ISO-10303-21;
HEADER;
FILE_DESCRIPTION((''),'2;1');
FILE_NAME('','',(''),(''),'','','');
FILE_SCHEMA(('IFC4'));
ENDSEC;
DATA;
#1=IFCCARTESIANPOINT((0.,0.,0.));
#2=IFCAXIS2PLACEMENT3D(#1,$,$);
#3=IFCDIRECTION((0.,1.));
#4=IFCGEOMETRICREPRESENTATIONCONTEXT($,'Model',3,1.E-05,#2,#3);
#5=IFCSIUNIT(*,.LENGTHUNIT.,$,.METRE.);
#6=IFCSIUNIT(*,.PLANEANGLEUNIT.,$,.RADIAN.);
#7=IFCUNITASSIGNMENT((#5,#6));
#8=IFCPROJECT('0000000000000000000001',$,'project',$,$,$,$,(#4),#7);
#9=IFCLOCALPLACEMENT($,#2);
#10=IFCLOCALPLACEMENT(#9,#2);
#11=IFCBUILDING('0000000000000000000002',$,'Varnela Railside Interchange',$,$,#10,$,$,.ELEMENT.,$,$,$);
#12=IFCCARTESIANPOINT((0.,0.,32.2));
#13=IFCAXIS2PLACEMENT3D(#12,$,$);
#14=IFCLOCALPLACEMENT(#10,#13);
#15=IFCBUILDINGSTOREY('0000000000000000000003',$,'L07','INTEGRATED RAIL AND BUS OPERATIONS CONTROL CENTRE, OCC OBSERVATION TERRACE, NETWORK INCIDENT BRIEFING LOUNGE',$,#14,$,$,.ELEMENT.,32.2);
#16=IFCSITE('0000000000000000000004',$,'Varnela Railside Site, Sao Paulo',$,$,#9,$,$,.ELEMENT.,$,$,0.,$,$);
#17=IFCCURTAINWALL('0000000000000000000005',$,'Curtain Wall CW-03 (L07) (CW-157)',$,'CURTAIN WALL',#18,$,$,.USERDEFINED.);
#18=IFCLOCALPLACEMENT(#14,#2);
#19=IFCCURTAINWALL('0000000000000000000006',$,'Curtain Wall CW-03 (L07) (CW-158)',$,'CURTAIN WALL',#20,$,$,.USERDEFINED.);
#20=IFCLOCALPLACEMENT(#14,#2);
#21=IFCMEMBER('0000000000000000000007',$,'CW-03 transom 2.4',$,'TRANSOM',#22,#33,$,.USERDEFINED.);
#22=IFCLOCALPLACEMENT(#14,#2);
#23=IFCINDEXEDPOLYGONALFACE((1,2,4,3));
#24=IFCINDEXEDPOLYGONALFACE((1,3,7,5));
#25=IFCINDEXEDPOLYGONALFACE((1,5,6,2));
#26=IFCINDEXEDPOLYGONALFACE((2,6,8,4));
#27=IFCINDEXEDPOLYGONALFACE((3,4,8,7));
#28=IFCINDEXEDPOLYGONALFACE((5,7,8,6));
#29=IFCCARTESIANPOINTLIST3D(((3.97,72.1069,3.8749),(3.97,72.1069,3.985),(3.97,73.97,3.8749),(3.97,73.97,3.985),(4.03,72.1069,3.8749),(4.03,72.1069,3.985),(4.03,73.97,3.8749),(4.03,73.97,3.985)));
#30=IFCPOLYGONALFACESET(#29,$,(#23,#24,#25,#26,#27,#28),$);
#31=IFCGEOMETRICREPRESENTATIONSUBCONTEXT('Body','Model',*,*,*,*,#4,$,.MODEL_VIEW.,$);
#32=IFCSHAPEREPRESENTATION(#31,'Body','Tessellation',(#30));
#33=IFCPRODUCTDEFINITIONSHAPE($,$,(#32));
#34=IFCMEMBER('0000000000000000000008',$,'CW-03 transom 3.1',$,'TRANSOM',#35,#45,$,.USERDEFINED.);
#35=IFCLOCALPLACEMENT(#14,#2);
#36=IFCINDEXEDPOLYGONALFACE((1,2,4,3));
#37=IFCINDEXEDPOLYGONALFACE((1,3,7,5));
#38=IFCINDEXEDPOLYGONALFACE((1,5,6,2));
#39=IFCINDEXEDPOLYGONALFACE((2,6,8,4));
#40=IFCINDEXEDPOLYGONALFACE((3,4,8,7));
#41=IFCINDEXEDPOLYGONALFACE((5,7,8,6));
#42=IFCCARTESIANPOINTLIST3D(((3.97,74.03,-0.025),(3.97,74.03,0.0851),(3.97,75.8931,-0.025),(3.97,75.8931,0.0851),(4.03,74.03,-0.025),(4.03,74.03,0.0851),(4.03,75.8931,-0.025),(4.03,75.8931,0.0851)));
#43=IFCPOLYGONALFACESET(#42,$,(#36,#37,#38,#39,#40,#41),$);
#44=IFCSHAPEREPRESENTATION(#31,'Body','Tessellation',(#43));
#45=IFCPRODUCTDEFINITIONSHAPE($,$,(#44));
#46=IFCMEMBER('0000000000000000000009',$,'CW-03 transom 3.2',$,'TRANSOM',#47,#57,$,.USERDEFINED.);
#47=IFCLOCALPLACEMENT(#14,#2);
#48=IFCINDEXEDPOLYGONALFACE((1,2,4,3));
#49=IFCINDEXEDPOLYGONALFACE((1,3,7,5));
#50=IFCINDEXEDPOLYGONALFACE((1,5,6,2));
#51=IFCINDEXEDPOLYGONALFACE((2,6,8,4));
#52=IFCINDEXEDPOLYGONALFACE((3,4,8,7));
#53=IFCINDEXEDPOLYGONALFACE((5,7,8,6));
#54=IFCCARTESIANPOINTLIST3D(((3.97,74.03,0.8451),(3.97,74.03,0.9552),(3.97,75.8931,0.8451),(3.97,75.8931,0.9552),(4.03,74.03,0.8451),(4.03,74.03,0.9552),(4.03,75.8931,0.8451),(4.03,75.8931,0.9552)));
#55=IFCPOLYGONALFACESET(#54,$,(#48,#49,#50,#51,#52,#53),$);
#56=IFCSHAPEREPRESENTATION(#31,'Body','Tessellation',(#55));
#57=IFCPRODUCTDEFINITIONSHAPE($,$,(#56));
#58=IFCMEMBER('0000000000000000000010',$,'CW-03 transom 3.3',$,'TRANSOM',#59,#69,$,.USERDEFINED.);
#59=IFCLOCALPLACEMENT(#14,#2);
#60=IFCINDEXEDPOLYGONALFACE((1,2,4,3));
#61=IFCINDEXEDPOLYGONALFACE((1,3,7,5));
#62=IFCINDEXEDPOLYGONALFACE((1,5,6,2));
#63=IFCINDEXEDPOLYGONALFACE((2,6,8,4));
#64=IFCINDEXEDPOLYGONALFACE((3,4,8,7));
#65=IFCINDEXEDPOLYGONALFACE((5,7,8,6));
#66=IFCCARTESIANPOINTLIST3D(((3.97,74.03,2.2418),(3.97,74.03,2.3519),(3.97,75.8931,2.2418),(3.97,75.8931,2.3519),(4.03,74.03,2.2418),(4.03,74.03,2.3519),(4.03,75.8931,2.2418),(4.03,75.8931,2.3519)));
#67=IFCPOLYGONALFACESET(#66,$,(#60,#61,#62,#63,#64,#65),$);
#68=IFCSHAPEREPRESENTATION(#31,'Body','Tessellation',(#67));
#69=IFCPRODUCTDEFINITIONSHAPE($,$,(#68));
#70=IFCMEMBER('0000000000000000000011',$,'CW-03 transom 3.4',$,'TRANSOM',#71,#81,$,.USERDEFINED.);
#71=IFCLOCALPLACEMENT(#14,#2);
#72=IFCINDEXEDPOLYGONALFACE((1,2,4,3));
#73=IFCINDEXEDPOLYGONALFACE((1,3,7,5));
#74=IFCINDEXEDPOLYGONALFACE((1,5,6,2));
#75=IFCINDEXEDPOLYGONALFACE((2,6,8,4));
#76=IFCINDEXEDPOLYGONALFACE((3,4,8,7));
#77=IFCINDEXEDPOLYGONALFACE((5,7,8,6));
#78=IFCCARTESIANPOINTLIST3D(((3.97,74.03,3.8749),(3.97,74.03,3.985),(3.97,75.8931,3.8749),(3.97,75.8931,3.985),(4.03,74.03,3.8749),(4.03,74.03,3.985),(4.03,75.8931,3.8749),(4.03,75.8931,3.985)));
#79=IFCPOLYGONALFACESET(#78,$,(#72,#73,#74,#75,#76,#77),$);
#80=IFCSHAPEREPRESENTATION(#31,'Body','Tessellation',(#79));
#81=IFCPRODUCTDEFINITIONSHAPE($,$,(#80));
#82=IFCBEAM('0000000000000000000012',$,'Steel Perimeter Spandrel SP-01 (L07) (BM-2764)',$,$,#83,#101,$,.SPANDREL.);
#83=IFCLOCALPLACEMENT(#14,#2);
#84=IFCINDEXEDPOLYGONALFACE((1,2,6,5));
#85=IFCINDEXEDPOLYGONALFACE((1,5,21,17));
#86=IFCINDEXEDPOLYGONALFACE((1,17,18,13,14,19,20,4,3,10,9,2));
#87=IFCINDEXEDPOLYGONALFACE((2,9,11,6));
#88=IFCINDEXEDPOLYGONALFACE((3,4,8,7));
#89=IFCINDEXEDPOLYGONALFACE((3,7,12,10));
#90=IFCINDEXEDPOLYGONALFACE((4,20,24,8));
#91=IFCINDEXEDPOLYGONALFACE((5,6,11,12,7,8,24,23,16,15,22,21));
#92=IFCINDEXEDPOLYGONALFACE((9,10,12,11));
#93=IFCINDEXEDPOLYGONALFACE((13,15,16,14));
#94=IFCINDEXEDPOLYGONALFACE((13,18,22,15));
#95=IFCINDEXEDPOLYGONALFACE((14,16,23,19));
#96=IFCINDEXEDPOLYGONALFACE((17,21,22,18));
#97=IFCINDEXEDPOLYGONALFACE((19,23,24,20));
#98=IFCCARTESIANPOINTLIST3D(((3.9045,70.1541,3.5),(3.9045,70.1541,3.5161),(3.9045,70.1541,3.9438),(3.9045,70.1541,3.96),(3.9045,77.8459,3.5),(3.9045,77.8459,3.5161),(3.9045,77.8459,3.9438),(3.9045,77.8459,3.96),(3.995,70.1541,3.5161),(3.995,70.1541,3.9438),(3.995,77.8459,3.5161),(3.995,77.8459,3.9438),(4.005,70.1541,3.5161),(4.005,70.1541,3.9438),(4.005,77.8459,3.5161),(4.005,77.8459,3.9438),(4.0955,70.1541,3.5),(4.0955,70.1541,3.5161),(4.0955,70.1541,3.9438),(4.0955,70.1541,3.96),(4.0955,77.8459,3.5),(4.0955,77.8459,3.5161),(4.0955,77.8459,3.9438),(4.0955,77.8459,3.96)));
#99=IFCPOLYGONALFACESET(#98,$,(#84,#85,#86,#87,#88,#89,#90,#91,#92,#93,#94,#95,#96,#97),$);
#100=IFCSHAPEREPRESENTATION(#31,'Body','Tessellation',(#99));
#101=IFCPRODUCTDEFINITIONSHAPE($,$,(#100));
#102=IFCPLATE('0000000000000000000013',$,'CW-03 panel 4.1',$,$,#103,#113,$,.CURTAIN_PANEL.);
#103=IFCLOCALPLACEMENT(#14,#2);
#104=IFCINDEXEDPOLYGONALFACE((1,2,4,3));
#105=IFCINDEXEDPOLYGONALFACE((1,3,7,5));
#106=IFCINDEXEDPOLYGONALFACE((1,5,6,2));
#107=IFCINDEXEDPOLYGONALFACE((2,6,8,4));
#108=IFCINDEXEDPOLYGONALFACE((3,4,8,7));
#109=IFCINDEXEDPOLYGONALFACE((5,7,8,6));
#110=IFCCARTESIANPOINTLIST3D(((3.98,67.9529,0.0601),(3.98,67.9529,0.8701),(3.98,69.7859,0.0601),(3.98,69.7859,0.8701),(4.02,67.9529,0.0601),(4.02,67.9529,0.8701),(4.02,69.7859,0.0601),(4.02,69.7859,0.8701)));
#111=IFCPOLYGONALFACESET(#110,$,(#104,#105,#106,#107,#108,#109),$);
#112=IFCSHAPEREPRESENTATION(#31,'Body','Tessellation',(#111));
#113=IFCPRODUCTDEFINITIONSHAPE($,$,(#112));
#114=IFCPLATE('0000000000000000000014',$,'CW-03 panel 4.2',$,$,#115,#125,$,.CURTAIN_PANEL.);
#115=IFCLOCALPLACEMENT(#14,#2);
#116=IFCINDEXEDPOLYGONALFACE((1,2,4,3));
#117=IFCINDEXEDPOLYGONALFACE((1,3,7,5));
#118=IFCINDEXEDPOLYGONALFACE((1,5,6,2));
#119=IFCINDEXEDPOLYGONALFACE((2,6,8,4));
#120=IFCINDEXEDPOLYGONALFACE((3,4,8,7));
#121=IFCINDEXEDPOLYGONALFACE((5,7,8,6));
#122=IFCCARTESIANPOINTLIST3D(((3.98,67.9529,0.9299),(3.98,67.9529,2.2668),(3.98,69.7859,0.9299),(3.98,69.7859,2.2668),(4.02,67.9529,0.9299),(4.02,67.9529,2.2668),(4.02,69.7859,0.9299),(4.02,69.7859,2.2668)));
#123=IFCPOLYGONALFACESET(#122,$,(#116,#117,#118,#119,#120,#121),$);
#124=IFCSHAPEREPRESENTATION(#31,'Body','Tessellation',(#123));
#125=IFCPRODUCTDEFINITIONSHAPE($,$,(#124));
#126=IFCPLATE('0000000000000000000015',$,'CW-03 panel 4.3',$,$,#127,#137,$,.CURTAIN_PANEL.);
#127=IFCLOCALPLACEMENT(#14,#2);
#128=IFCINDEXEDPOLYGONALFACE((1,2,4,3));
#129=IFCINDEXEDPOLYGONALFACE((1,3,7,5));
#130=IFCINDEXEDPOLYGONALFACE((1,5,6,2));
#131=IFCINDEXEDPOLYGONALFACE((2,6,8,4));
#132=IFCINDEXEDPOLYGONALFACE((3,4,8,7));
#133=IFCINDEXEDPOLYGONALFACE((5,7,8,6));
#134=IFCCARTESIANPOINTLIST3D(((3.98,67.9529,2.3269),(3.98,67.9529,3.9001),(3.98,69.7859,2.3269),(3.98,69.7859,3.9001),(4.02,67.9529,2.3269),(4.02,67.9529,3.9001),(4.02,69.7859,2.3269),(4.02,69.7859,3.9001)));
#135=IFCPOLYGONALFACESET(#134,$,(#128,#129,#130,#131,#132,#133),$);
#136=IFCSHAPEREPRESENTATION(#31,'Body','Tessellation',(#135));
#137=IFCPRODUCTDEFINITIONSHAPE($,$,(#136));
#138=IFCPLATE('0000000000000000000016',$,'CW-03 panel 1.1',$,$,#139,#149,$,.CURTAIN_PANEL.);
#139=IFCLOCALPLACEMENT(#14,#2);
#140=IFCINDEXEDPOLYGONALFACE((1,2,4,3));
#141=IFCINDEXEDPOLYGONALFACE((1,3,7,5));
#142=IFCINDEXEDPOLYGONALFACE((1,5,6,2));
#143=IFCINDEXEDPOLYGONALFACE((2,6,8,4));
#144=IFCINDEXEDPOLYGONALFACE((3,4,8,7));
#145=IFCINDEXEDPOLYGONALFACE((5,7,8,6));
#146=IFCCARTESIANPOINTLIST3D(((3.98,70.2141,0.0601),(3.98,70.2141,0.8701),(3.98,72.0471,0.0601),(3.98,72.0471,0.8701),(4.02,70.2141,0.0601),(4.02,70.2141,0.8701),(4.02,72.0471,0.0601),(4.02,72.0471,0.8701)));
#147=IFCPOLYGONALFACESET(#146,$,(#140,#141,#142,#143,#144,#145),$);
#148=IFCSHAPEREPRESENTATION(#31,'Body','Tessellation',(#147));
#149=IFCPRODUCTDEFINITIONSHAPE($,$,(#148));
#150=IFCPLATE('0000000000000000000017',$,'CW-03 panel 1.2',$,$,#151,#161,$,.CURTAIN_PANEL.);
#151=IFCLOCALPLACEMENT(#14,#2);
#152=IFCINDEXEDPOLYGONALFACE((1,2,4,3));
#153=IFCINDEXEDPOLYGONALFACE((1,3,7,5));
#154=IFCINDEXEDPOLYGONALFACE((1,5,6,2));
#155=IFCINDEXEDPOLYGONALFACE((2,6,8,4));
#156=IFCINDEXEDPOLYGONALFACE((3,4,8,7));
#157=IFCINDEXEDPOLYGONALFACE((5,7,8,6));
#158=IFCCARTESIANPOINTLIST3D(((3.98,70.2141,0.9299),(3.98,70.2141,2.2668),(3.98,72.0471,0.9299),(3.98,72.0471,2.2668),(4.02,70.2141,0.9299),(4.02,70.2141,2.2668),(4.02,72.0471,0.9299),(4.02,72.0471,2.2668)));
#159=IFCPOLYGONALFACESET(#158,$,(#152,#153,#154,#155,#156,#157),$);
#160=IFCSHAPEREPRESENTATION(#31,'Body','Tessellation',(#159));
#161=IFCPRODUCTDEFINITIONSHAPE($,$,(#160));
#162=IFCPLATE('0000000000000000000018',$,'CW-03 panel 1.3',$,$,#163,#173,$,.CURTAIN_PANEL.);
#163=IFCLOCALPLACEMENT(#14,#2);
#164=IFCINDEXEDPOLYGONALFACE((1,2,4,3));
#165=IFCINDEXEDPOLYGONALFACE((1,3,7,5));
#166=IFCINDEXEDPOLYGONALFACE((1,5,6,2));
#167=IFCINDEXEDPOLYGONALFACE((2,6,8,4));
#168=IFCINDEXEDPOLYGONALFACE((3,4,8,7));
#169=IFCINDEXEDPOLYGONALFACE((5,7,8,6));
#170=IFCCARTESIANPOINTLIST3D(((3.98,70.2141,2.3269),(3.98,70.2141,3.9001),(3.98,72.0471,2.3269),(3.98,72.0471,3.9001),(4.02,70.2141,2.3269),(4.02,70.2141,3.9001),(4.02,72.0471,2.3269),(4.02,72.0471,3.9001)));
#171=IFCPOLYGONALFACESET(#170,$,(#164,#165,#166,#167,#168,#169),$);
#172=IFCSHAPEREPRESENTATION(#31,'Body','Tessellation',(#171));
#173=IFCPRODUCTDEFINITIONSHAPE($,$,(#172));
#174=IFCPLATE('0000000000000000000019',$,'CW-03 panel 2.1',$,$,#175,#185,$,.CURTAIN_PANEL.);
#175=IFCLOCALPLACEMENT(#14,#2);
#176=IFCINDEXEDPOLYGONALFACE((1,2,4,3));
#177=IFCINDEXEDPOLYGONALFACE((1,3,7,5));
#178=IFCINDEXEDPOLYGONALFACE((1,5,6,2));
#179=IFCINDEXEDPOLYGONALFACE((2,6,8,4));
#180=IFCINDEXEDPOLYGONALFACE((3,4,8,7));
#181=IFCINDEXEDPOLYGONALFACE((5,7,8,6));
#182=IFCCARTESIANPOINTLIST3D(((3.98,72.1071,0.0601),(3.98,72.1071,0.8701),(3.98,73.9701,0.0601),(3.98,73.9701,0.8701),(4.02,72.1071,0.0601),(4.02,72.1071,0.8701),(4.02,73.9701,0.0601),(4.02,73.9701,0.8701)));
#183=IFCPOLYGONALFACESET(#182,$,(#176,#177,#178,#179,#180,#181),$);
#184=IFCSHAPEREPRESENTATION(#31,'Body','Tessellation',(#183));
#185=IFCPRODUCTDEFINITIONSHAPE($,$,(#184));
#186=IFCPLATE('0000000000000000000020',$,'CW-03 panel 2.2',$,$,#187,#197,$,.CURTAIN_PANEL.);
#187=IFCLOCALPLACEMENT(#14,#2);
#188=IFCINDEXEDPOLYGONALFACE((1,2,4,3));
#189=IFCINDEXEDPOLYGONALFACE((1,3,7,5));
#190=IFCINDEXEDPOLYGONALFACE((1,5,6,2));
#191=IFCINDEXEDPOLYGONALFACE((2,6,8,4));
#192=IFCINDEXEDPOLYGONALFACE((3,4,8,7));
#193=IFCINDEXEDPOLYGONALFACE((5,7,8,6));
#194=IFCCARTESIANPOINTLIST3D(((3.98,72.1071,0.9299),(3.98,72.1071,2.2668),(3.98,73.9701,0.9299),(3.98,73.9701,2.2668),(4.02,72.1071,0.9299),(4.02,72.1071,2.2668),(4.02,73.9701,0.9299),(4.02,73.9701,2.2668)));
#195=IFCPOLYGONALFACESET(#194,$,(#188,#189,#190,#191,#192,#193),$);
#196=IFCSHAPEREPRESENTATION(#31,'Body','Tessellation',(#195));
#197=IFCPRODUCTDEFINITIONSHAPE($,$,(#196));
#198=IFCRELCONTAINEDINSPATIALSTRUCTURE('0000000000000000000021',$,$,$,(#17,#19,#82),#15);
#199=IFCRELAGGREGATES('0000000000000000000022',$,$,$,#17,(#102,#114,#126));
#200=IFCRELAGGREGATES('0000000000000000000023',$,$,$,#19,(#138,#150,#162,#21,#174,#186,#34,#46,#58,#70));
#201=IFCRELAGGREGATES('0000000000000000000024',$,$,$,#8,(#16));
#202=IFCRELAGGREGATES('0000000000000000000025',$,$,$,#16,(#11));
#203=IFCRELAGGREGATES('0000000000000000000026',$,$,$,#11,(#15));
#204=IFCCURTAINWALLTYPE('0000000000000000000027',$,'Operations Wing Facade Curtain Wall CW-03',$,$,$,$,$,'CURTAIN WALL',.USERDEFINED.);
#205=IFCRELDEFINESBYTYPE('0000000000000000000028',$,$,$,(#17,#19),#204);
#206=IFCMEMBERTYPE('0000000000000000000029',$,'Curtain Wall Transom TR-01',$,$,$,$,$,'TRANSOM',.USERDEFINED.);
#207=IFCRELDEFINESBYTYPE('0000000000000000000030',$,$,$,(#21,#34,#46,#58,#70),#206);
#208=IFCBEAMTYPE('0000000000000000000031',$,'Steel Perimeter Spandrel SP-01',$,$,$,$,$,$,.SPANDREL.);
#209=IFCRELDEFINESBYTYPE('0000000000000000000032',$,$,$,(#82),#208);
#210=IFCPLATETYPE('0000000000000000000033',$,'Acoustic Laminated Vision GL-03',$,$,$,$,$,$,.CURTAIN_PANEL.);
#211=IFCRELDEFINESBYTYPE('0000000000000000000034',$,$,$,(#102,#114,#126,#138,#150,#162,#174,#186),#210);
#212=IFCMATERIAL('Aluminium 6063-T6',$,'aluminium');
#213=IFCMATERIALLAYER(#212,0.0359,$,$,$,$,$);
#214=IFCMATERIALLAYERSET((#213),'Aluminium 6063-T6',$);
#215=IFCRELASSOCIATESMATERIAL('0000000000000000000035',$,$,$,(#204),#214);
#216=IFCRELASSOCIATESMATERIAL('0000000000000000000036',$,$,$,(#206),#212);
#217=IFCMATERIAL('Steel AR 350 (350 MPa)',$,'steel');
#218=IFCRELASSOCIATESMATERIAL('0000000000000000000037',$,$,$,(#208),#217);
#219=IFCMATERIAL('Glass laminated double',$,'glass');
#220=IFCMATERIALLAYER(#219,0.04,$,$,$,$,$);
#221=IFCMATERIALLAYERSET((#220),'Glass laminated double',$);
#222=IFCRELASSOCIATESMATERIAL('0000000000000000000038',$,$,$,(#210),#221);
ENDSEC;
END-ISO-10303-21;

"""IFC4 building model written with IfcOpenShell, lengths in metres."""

from ifc_helpers import new_model, si_unit, direction, frame, origin, origin_2d, place, context, subcontext, project, spatial, rectangle, i_section, extrude, material, layer, layer_set, material_profile, profile_set, type_object, element, aggregate, save


model = new_model("IFC4")

# Units and contexts
model_context = context("Model", 3, precision=1e-05, world=origin(), true_north=direction((0.0, 1.0)))
body_context = subcontext(model_context, "Body", "Model", "MODEL_VIEW")
ifc_project = project(units=[si_unit("LENGTHUNIT", "METRE"), si_unit("PLANEANGLEUNIT", "RADIAN")], contexts=[model_context])

# Site, building, storey
site_placement = place(None, origin())
site = spatial("IfcSite", under=ifc_project, at=site_placement, Name="Varnela Railside Site, Sao Paulo", CompositionType="ELEMENT", RefElevation=0.0)
building_placement = place(site_placement, origin())
building = spatial("IfcBuilding", under=site, at=building_placement, Name="Varnela Railside Interchange", CompositionType="ELEMENT")
storey_placement = place(building_placement, frame((0.0, 0.0, 32.2)))
storey = spatial("IfcBuildingStorey", under=building, at=storey_placement, Name="L07", Description="INTEGRATED RAIL AND BUS OPERATIONS CONTROL CENTRE, OCC OBSERVATION TERRACE, NETWORK INCIDENT BRIEFING LOUNGE", CompositionType="ELEMENT", Elevation=32.2)

# Shared definitions
ifc_material_1 = material(Name="Steel AR 350 (350 MPa)", Category="steel")

# Curtain wall
ifc_material_2 = material(Name="Aluminium 6063-T6", Category="aluminium")
ifc_layer_1 = layer(ifc_material_2, 0.0359)
ifc_layer_set_1 = layer_set([ifc_layer_1], Name="Aluminium 6063-T6")
curtain_wall_type = type_object("IfcCurtainWallType", Name="Operations Wing Facade Curtain Wall CW-03", ElementType="CURTAIN WALL", PredefinedType="USERDEFINED", material=ifc_layer_set_1)
curtain_wall_1_placement = place(storey_placement, origin())
curtain_wall_1 = element("IfcCurtainWall", 1, at=curtain_wall_1_placement, inside=storey, type_object=curtain_wall_type, Name="Curtain Wall CW-03 (L07) (CW-157)", ObjectType="CURTAIN WALL", PredefinedType="USERDEFINED")

# Curtain wall
curtain_wall_2_placement = place(storey_placement, origin())
curtain_wall_2 = element("IfcCurtainWall", 2, at=curtain_wall_2_placement, inside=storey, type_object=curtain_wall_type, Name="Curtain Wall CW-03 (L07) (CW-158)", ObjectType="CURTAIN WALL", PredefinedType="USERDEFINED")

# Members
ifc_material_profile_1 = material_profile(ifc_material_2, rectangle(XDim=0.0601, YDim=0.1101, at=origin_2d()), Name="ALU 60x110")
ifc_profile_set_1 = profile_set([ifc_material_profile_1], Name="Aluminium 6063-T6")
member_type_1 = type_object("IfcMemberType", Name="Curtain Wall Transom TR-01", ElementType="TRANSOM", PredefinedType="USERDEFINED", material=ifc_profile_set_1)
member_1_placement = place(storey_placement, frame((4.0, 72.1069, 3.9299), z_axis=(0.0, 1.0, 0.0), x_axis=(-1.0, 0.0, 0.0)))
member_1 = element("IfcMember", 3, at=member_1_placement, type_object=member_type_1, Name="CW-03 transom 2.4", ObjectType="TRANSOM", PredefinedType="USERDEFINED", context=body_context, shape_type="SweptSolid", body=[
    extrude(rectangle(XDim=0.0601, YDim=0.1101, at=origin_2d()), origin(), (0.0, 0.0, 1.0), 1.863),
])
member_2_placement = place(storey_placement, frame((4.0, 74.03, 0.03), z_axis=(0.0, 1.0, 0.0), x_axis=(-1.0, 0.0, 0.0)))
member_2 = element("IfcMember", 4, at=member_2_placement, type_object=member_type_1, Name="CW-03 transom 3.1", ObjectType="TRANSOM", PredefinedType="USERDEFINED", context=body_context, shape_type="SweptSolid", body=[
    extrude(rectangle(XDim=0.0601, YDim=0.1101, at=origin_2d()), origin(), (0.0, 0.0, 1.0), 1.863),
])
member_3_placement = place(storey_placement, frame((4.0, 74.03, 0.9001), z_axis=(0.0, 1.0, 0.0), x_axis=(-1.0, 0.0, 0.0)))
member_3 = element("IfcMember", 5, at=member_3_placement, type_object=member_type_1, Name="CW-03 transom 3.2", ObjectType="TRANSOM", PredefinedType="USERDEFINED", context=body_context, shape_type="SweptSolid", body=[
    extrude(rectangle(XDim=0.0601, YDim=0.1101, at=origin_2d()), origin(), (0.0, 0.0, 1.0), 1.863),
])
member_4_placement = place(storey_placement, frame((4.0, 74.03, 2.2969), z_axis=(0.0, 1.0, 0.0), x_axis=(-1.0, 0.0, 0.0)))
member_4 = element("IfcMember", 6, at=member_4_placement, type_object=member_type_1, Name="CW-03 transom 3.3", ObjectType="TRANSOM", PredefinedType="USERDEFINED", context=body_context, shape_type="SweptSolid", body=[
    extrude(rectangle(XDim=0.0601, YDim=0.1101, at=origin_2d()), origin(), (0.0, 0.0, 1.0), 1.863),
])
member_5_placement = place(storey_placement, frame((4.0, 74.03, 3.9299), z_axis=(0.0, 1.0, 0.0), x_axis=(-1.0, 0.0, 0.0)))
member_5 = element("IfcMember", 7, at=member_5_placement, type_object=member_type_1, Name="CW-03 transom 3.4", ObjectType="TRANSOM", PredefinedType="USERDEFINED", context=body_context, shape_type="SweptSolid", body=[
    extrude(rectangle(XDim=0.0601, YDim=0.1101, at=origin_2d()), origin(), (0.0, 0.0, 1.0), 1.863),
])

# Beam
ifc_material_profile_2 = material_profile(ifc_material_1, i_section(OverallWidth=0.1909, OverallDepth=0.46, WebThickness=0.01, FlangeThickness=0.0161, at=origin_2d()), Name="W460x82")
ifc_profile_set_2 = profile_set([ifc_material_profile_2], Name="Steel AR 350 (350 MPa)")
beam_type = type_object("IfcBeamType", Name="Steel Perimeter Spandrel SP-01", PredefinedType="SPANDREL", material=ifc_profile_set_2)
beam_placement = place(storey_placement, frame((4.0, 70.1541, 3.73), z_axis=(0.0, 1.0, 0.0), x_axis=(-1.0, 0.0, 0.0)))
element("IfcBeam", 8, at=beam_placement, inside=storey, type_object=beam_type, Name="Steel Perimeter Spandrel SP-01 (L07) (BM-2764)", PredefinedType="SPANDREL", context=body_context, shape_type="SweptSolid", body=[
    extrude(i_section(OverallWidth=0.1909, OverallDepth=0.46, WebThickness=0.01, FlangeThickness=0.0161, at=origin_2d()), origin(), (0.0, 0.0, 1.0), 7.6919),
])

# Plates
ifc_material_3 = material(Name="Glass laminated double", Category="glass")
ifc_layer_2 = layer(ifc_material_3, 0.04)
ifc_layer_set_2 = layer_set([ifc_layer_2], Name="Glass laminated double")
plate_type = type_object("IfcPlateType", Name="Acoustic Laminated Vision GL-03", PredefinedType="CURTAIN_PANEL", material=ifc_layer_set_2)
plate_1_placement = place(storey_placement, frame((4.0, 68.8694, 0.0601), z_axis=(0.0, 0.0, 1.0), x_axis=(0.0, 1.0, 0.0)))
plate_1 = element("IfcPlate", 9, at=plate_1_placement, type_object=plate_type, Name="CW-03 panel 4.1", PredefinedType="CURTAIN_PANEL", context=body_context, shape_type="SweptSolid", body=[
    extrude(rectangle(XDim=1.833, YDim=0.04, at=origin_2d()), origin(), (0.0, 0.0, 1.0), 0.8101),
])
plate_2_placement = place(storey_placement, frame((4.0, 68.8694, 0.9299), z_axis=(0.0, 0.0, 1.0), x_axis=(0.0, 1.0, 0.0)))
plate_2 = element("IfcPlate", 10, at=plate_2_placement, type_object=plate_type, Name="CW-03 panel 4.2", PredefinedType="CURTAIN_PANEL", context=body_context, shape_type="SweptSolid", body=[
    extrude(rectangle(XDim=1.833, YDim=0.04, at=origin_2d()), origin(), (0.0, 0.0, 1.0), 1.3369),
])
plate_3_placement = place(storey_placement, frame((4.0, 68.8694, 2.3269), z_axis=(0.0, 0.0, 1.0), x_axis=(0.0, 1.0, 0.0)))
plate_3 = element("IfcPlate", 11, at=plate_3_placement, type_object=plate_type, Name="CW-03 panel 4.3", PredefinedType="CURTAIN_PANEL", context=body_context, shape_type="SweptSolid", body=[
    extrude(rectangle(XDim=1.833, YDim=0.04, at=origin_2d()), origin(), (0.0, 0.0, 1.0), 1.5732),
])
aggregate(curtain_wall_1, [plate_1, plate_2, plate_3])
plate_4_placement = place(storey_placement, frame((4.0, 71.1306, 0.0601), z_axis=(0.0, 0.0, 1.0), x_axis=(0.0, 1.0, 0.0)))
plate_4 = element("IfcPlate", 12, at=plate_4_placement, type_object=plate_type, Name="CW-03 panel 1.1", PredefinedType="CURTAIN_PANEL", context=body_context, shape_type="SweptSolid", body=[
    extrude(rectangle(XDim=1.833, YDim=0.04, at=origin_2d()), origin(), (0.0, 0.0, 1.0), 0.8101),
])
plate_5_placement = place(storey_placement, frame((4.0, 71.1306, 0.9299), z_axis=(0.0, 0.0, 1.0), x_axis=(0.0, 1.0, 0.0)))
plate_5 = element("IfcPlate", 13, at=plate_5_placement, type_object=plate_type, Name="CW-03 panel 1.2", PredefinedType="CURTAIN_PANEL", context=body_context, shape_type="SweptSolid", body=[
    extrude(rectangle(XDim=1.833, YDim=0.04, at=origin_2d()), origin(), (0.0, 0.0, 1.0), 1.3369),
])
plate_6_placement = place(storey_placement, frame((4.0, 71.1306, 2.3269), z_axis=(0.0, 0.0, 1.0), x_axis=(0.0, 1.0, 0.0)))
plate_6 = element("IfcPlate", 14, at=plate_6_placement, type_object=plate_type, Name="CW-03 panel 1.3", PredefinedType="CURTAIN_PANEL", context=body_context, shape_type="SweptSolid", body=[
    extrude(rectangle(XDim=1.833, YDim=0.04, at=origin_2d()), origin(), (0.0, 0.0, 1.0), 1.5732),
])
plate_7_placement = place(storey_placement, frame((4.0, 73.0386, 0.0601), z_axis=(0.0, 0.0, 1.0), x_axis=(0.0, 1.0, 0.0)))
plate_7 = element("IfcPlate", 15, at=plate_7_placement, type_object=plate_type, Name="CW-03 panel 2.1", PredefinedType="CURTAIN_PANEL", context=body_context, shape_type="SweptSolid", body=[
    extrude(rectangle(XDim=1.863, YDim=0.04, at=origin_2d()), origin(), (0.0, 0.0, 1.0), 0.8101),
])
plate_8_placement = place(storey_placement, frame((4.0, 73.0386, 0.9299), z_axis=(0.0, 0.0, 1.0), x_axis=(0.0, 1.0, 0.0)))
plate_8 = element("IfcPlate", 16, at=plate_8_placement, type_object=plate_type, Name="CW-03 panel 2.2", PredefinedType="CURTAIN_PANEL", context=body_context, shape_type="SweptSolid", body=[
    extrude(rectangle(XDim=1.863, YDim=0.04, at=origin_2d()), origin(), (0.0, 0.0, 1.0), 1.3369),
])
aggregate(curtain_wall_2, [plate_4, plate_5, plate_6, member_1, plate_7, plate_8, member_2, member_3, member_4, member_5])

save(model, "model.ifc")
